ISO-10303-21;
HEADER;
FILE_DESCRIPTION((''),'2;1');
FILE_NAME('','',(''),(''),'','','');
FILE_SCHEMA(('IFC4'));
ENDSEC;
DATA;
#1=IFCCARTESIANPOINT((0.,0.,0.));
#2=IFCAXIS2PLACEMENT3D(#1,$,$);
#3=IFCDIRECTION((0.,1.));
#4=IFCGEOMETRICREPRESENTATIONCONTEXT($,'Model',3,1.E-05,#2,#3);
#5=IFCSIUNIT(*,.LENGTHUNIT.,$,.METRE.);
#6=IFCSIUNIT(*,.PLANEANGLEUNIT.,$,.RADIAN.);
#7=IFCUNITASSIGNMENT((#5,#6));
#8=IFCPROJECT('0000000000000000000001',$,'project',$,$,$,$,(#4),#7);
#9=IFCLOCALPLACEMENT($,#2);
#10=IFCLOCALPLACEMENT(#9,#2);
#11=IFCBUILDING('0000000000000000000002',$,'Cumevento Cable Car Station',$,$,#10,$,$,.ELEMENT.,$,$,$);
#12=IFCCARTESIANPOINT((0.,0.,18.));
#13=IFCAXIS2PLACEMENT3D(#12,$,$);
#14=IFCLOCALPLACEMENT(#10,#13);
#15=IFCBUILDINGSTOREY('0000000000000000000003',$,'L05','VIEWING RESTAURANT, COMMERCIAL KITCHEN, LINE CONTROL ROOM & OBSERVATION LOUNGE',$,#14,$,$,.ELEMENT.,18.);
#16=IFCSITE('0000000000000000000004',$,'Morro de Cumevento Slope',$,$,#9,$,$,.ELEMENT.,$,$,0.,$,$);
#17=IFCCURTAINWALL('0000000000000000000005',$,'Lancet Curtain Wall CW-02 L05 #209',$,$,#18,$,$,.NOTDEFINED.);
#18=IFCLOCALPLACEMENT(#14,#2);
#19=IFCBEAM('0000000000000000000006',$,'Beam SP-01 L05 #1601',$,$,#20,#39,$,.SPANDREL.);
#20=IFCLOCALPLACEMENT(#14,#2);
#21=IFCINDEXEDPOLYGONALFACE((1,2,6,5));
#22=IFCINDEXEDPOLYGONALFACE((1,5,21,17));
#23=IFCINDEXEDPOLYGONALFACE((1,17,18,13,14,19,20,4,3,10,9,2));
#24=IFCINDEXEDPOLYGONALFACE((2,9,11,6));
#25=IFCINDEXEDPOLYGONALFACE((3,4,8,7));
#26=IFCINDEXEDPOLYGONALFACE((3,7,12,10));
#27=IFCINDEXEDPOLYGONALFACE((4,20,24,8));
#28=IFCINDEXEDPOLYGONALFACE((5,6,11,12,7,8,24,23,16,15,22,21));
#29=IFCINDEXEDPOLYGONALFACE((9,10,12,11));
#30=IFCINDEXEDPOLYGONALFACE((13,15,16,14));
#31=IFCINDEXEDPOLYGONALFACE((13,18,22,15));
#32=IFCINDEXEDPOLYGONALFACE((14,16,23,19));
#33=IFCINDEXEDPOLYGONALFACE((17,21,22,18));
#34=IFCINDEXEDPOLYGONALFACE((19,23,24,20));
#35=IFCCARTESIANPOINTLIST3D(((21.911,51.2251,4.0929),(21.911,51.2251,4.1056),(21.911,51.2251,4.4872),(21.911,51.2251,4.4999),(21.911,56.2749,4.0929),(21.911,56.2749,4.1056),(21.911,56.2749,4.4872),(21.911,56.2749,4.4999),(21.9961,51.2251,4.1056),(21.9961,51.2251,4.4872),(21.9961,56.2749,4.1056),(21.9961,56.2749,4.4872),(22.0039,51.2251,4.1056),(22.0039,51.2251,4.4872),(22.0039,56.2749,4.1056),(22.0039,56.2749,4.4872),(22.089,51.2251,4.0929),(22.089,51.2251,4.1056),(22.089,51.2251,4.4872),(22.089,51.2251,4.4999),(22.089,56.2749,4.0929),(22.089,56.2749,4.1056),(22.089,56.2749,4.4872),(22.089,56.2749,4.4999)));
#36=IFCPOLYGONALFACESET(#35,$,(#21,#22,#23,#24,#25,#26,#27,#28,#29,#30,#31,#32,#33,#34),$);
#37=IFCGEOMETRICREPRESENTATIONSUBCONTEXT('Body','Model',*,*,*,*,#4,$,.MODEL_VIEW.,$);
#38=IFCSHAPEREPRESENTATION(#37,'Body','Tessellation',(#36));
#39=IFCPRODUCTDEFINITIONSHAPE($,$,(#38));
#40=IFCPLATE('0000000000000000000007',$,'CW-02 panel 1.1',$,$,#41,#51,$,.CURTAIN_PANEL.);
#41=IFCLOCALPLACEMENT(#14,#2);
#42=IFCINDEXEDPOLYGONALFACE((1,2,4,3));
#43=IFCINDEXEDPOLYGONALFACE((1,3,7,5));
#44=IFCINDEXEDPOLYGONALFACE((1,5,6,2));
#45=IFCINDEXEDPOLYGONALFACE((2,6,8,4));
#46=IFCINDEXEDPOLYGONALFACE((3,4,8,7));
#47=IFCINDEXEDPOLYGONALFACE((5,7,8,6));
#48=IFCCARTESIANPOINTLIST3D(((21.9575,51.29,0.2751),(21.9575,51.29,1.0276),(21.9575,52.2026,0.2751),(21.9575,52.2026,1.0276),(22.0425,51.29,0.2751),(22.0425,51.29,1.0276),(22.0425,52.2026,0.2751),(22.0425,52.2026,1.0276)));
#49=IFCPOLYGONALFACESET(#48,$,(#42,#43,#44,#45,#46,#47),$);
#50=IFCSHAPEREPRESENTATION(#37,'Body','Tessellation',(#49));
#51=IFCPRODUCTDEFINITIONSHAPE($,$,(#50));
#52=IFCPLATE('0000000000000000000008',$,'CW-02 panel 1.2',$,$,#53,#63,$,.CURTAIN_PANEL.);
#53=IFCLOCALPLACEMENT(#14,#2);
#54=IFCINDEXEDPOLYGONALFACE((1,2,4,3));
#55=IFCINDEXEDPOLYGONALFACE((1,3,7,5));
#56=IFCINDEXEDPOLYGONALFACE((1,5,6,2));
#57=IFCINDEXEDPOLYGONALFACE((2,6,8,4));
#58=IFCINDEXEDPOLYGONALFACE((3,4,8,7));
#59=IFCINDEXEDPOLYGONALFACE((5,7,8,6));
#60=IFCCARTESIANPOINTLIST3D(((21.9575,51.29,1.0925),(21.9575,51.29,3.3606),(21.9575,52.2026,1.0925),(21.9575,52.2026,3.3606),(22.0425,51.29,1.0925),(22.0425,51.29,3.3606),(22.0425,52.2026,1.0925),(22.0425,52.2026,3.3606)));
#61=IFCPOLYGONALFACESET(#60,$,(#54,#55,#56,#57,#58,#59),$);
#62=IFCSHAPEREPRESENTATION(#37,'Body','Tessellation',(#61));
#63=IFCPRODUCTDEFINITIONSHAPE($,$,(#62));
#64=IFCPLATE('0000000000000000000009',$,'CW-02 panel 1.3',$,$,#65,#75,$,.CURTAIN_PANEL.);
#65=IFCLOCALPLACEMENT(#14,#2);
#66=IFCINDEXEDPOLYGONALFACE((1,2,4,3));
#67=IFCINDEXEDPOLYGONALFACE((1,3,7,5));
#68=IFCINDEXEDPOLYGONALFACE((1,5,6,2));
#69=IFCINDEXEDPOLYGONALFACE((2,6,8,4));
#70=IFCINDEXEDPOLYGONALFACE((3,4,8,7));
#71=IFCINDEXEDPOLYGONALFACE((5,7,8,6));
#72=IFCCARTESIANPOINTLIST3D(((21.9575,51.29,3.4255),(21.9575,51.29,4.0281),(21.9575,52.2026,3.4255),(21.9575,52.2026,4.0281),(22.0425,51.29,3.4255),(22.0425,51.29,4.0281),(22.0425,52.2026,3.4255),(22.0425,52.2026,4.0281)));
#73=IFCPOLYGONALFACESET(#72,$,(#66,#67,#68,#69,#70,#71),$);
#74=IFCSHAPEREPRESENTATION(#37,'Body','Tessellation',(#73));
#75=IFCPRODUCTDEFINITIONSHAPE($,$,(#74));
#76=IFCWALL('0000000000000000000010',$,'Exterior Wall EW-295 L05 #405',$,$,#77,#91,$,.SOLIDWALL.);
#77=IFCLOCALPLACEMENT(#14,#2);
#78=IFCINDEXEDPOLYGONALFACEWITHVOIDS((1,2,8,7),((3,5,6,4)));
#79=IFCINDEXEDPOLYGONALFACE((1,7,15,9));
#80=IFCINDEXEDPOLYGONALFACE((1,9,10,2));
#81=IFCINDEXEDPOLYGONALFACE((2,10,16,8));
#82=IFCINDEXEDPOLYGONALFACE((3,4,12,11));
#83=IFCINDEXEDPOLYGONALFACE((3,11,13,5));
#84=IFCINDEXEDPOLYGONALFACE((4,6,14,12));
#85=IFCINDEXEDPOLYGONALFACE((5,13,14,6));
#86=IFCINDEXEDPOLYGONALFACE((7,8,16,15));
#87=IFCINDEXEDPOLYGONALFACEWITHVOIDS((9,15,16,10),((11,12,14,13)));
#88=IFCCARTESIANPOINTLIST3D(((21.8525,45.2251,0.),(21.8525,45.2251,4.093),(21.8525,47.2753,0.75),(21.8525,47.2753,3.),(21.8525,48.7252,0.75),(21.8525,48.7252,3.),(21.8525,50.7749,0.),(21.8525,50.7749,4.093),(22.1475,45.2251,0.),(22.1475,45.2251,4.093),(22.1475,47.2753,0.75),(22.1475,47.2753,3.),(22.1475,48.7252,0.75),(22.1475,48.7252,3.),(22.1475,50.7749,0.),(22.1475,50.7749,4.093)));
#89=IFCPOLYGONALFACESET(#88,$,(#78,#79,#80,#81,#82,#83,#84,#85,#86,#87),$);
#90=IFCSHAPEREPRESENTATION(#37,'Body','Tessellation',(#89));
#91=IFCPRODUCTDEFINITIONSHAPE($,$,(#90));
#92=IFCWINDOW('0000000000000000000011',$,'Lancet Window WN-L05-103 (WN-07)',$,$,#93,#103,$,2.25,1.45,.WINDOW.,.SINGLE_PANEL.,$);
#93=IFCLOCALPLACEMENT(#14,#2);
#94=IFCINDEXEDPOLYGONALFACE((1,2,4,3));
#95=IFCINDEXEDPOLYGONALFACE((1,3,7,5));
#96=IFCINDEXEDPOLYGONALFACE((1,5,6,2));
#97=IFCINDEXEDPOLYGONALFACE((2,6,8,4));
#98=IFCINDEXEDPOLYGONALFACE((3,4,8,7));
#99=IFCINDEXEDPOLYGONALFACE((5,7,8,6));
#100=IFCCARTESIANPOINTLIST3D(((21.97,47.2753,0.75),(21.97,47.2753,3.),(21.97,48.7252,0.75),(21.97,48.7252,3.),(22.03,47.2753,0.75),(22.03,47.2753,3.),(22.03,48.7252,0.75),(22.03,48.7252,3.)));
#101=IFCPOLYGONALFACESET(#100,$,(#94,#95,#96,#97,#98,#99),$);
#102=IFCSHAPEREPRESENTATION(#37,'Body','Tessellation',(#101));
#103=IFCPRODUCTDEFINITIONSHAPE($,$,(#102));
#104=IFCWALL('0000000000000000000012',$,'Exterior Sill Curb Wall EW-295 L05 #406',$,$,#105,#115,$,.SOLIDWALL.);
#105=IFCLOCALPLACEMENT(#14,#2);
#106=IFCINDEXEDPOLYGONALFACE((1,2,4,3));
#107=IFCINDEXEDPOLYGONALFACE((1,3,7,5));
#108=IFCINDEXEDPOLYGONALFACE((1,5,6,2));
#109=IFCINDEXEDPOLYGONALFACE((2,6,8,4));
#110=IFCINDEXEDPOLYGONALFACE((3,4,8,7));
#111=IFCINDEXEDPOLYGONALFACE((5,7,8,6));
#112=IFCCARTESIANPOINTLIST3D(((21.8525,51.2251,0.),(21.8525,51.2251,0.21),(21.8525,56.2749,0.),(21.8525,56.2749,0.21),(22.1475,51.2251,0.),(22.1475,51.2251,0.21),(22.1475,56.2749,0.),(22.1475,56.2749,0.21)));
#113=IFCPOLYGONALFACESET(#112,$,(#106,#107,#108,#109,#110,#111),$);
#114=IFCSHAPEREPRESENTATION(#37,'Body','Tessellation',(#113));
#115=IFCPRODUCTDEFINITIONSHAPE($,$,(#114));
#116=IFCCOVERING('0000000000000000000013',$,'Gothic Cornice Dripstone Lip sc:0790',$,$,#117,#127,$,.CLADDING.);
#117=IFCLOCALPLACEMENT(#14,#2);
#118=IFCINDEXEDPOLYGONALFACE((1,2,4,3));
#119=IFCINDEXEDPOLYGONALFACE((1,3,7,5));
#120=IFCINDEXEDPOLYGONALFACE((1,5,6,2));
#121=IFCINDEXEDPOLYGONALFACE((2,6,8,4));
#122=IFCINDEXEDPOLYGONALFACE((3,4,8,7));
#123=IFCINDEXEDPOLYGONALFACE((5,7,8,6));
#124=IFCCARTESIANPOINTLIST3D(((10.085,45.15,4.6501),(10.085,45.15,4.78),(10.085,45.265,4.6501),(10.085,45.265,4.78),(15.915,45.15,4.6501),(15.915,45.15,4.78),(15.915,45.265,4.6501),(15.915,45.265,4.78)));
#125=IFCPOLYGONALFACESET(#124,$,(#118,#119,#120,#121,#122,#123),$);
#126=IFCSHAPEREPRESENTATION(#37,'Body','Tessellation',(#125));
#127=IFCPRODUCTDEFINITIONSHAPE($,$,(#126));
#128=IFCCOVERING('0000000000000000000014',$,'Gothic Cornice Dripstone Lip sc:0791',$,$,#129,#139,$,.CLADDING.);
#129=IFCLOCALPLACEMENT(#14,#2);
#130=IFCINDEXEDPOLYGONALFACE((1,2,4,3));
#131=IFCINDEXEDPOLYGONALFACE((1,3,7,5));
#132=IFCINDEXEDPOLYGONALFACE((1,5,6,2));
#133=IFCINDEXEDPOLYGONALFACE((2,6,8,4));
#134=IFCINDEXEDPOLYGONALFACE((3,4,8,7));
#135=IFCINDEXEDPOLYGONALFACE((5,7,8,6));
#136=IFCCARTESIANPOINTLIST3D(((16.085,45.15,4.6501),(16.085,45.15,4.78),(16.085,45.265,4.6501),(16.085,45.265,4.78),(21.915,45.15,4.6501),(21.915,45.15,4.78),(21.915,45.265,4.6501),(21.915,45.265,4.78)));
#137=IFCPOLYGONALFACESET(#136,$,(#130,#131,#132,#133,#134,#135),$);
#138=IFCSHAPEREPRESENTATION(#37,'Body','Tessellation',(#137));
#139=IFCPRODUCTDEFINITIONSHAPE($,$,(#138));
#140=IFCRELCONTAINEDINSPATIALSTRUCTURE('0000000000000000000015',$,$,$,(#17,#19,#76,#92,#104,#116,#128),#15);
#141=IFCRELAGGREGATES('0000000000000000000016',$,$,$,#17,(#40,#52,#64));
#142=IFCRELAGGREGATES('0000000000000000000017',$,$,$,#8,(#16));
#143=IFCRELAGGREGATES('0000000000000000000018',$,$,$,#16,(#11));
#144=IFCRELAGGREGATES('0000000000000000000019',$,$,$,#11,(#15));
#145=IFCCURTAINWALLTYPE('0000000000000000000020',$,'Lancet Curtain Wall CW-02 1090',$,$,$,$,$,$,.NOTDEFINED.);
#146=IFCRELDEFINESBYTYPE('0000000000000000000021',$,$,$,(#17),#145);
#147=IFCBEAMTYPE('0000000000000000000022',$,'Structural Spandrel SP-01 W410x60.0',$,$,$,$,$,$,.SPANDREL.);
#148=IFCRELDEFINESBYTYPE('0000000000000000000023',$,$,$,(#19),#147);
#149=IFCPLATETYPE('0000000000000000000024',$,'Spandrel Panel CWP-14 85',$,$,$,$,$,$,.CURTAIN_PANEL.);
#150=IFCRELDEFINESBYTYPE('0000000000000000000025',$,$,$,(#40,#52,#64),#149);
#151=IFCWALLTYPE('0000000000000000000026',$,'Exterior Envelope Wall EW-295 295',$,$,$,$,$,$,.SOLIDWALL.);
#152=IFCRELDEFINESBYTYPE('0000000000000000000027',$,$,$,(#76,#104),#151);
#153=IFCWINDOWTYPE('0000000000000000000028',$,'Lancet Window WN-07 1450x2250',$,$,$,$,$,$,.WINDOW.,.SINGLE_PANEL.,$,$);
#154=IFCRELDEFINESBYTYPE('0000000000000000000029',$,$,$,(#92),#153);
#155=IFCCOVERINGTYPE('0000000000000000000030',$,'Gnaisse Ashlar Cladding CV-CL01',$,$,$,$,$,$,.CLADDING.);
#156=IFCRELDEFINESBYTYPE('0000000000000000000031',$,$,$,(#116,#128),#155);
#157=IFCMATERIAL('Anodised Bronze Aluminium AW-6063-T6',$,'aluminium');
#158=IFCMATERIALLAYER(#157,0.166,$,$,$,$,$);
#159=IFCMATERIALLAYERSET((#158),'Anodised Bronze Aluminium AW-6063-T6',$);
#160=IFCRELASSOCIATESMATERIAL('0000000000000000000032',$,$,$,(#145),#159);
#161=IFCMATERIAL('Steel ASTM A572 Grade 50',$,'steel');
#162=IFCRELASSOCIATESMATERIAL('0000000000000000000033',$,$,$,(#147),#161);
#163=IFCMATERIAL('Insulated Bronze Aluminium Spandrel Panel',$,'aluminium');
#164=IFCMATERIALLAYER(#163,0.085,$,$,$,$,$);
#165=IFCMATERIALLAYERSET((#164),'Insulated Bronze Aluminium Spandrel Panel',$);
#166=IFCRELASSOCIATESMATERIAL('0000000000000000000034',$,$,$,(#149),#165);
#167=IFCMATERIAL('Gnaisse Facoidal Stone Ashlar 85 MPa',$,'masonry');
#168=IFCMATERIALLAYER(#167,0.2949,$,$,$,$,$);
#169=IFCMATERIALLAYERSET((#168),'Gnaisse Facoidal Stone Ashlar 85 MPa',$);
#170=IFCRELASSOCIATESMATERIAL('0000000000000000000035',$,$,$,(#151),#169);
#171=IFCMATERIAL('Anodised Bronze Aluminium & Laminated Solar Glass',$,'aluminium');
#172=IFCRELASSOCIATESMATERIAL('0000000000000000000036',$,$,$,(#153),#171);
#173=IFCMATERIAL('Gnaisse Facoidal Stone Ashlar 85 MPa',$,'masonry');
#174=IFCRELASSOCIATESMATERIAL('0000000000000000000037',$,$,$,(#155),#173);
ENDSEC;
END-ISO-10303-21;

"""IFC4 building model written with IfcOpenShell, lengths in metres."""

from ifc_helpers import new_model, si_unit, direction, frame, frame_2d, origin, origin_2d, place, context, subcontext, project, spatial, rectangle, i_section, extrude, material, layer, layer_set, material_profile, profile_set, type_object, element, fill, aggregate, save


model = new_model("IFC4")

# Units and contexts
model_context = context("Model", 3, precision=1e-05, world=origin(), true_north=direction((0.0, 1.0)))
body_context = subcontext(model_context, "Body", "Model", "MODEL_VIEW")
ifc_project = project(units=[si_unit("LENGTHUNIT", "METRE"), si_unit("PLANEANGLEUNIT", "RADIAN")], contexts=[model_context])

# Site, building, storey
site_placement = place(None, origin())
site = spatial("IfcSite", under=ifc_project, at=site_placement, Name="Morro de Cumevento Slope", CompositionType="ELEMENT", RefElevation=0.0)
building_placement = place(site_placement, origin())
building = spatial("IfcBuilding", under=site, at=building_placement, Name="Cumevento Cable Car Station", CompositionType="ELEMENT")
storey_placement = place(building_placement, frame((0.0, 0.0, 18.0)))
storey = spatial("IfcBuildingStorey", under=building, at=storey_placement, Name="L05", Description="VIEWING RESTAURANT, COMMERCIAL KITCHEN, LINE CONTROL ROOM & OBSERVATION LOUNGE", CompositionType="ELEMENT", Elevation=18.0)

# Curtain wall
ifc_material_1 = material(Name="Anodised Bronze Aluminium AW-6063-T6", Category="aluminium")
ifc_layer_1 = layer(ifc_material_1, 0.166)
ifc_layer_set_1 = layer_set([ifc_layer_1], Name="Anodised Bronze Aluminium AW-6063-T6")
curtain_wall_type = type_object("IfcCurtainWallType", Name="Lancet Curtain Wall CW-02 1090", PredefinedType="NOTDEFINED", material=ifc_layer_set_1)
curtain_wall_placement = place(storey_placement, origin())
curtain_wall = element("IfcCurtainWall", 1, at=curtain_wall_placement, inside=storey, type_object=curtain_wall_type, Name="Lancet Curtain Wall CW-02 L05 #209", PredefinedType="NOTDEFINED")

# Beam
ifc_material_2 = material(Name="Steel ASTM A572 Grade 50", Category="steel")
ifc_material_profile_1 = material_profile(ifc_material_2, i_section(OverallWidth=0.178, OverallDepth=0.407, WebThickness=0.0078, FlangeThickness=0.0127, at=origin_2d()), Name="W410x60.0")
ifc_profile_set_1 = profile_set([ifc_material_profile_1], Name="Steel ASTM A572 Grade 50")
beam_type = type_object("IfcBeamType", Name="Structural Spandrel SP-01 W410x60.0", PredefinedType="SPANDREL", material=ifc_profile_set_1)
beam_1_placement = place(storey_placement, frame((22.0, 51.2251, 4.2964), z_axis=(0.0, 1.0, 0.0), x_axis=(-1.0, 0.0, 0.0)))
element("IfcBeam", 2, at=beam_1_placement, inside=storey, type_object=beam_type, Name="Beam SP-01 L05 #1601", PredefinedType="SPANDREL", context=body_context, shape_type="SweptSolid", body=[
    extrude(i_section(OverallWidth=0.178, OverallDepth=0.407, WebThickness=0.0078, FlangeThickness=0.0127, at=origin_2d()), origin(), (0.0, 0.0, 1.0), 5.0498),
])

# Plates
ifc_material_3 = material(Name="Insulated Bronze Aluminium Spandrel Panel", Category="aluminium")
ifc_layer_2 = layer(ifc_material_3, 0.085)
ifc_layer_set_2 = layer_set([ifc_layer_2], Name="Insulated Bronze Aluminium Spandrel Panel")
plate_type = type_object("IfcPlateType", Name="Spandrel Panel CWP-14 85", PredefinedType="CURTAIN_PANEL", material=ifc_layer_set_2)
plate_1_placement = place(storey_placement, frame((22.0, 51.7463, 0.2751), z_axis=(0.0, 0.0, 1.0), x_axis=(0.0, 1.0, 0.0)))
plate_1 = element("IfcPlate", 3, at=plate_1_placement, type_object=plate_type, Name="CW-02 panel 1.1", PredefinedType="CURTAIN_PANEL", context=body_context, shape_type="SweptSolid", body=[
    extrude(rectangle(XDim=0.9126, YDim=0.085, at=origin_2d()), origin(), (0.0, 0.0, 1.0), 0.7524),
])
plate_2_placement = place(storey_placement, frame((22.0, 51.7463, 1.0925), z_axis=(0.0, 0.0, 1.0), x_axis=(0.0, 1.0, 0.0)))
plate_2 = element("IfcPlate", 4, at=plate_2_placement, type_object=plate_type, Name="CW-02 panel 1.2", PredefinedType="CURTAIN_PANEL", context=body_context, shape_type="SweptSolid", body=[
    extrude(rectangle(XDim=0.9126, YDim=0.085, at=origin_2d()), origin(), (0.0, 0.0, 1.0), 2.2681),
])
plate_3_placement = place(storey_placement, frame((22.0, 51.7463, 3.4255), z_axis=(0.0, 0.0, 1.0), x_axis=(0.0, 1.0, 0.0)))
plate_3 = element("IfcPlate", 5, at=plate_3_placement, type_object=plate_type, Name="CW-02 panel 1.3", PredefinedType="CURTAIN_PANEL", context=body_context, shape_type="SweptSolid", body=[
    extrude(rectangle(XDim=0.9126, YDim=0.085, at=origin_2d()), origin(), (0.0, 0.0, 1.0), 0.6025),
])
aggregate(curtain_wall, [plate_1, plate_2, plate_3])

# Wall, opening, window
ifc_material_4 = material(Name="Gnaisse Facoidal Stone Ashlar 85 MPa", Category="masonry")
ifc_layer_3 = layer(ifc_material_4, 0.2949)
ifc_layer_set_3 = layer_set([ifc_layer_3], Name="Gnaisse Facoidal Stone Ashlar 85 MPa")
wall_type = type_object("IfcWallType", Name="Exterior Envelope Wall EW-295 295", PredefinedType="SOLIDWALL", material=ifc_layer_set_3)
wall_1_placement = place(storey_placement, frame((22.0, 45.2251, 0.0), z_axis=(0.0, 0.0, 1.0), x_axis=(0.0, 1.0, 0.0)))
wall_1 = element("IfcWall", 6, at=wall_1_placement, inside=storey, type_object=wall_type, Name="Exterior Wall EW-295 L05 #405", PredefinedType="SOLIDWALL", context=body_context, shape_type="SweptSolid", body=[
    extrude(rectangle(XDim=5.5498, YDim=0.2949, at=frame_2d((2.7749, 0.0))), origin(), (0.0, 0.0, 1.0), 4.093),
])
opening_placement = place(wall_1_placement, frame((2.05, 0.0, 0.75)))
opening = element("IfcOpeningElement", 7, at=opening_placement, cuts=wall_1, PredefinedType="OPENING", context=body_context, shape_type="SweptSolid", body=[
    extrude(rectangle(XDim=1.45, YDim=2.25, at=frame_2d((0.7251, 1.125))), frame((0.0, 0.1575, 0.0), z_axis=(0.0, -1.0, 0.0), x_axis=(1.0, 0.0, 0.0)), (0.0, 0.0, 1.0), 0.3149),
])
ifc_material_5 = material(Name="Anodised Bronze Aluminium & Laminated Solar Glass", Category="aluminium")
window_type = type_object("IfcWindowType", Name="Lancet Window WN-07 1450x2250", PartitioningType="SINGLE_PANEL", PredefinedType="WINDOW", material=ifc_material_5)
window_placement = place(opening_placement, origin())
window = element("IfcWindow", 8, at=window_placement, inside=storey, type_object=window_type, Name="Lancet Window WN-L05-103 (WN-07)", OverallHeight=2.25, OverallWidth=1.45, PartitioningType="SINGLE_PANEL", PredefinedType="WINDOW", context=body_context, shape_type="SweptSolid", body=[
    extrude(rectangle(XDim=1.45, YDim=2.25, at=frame_2d((0.7251, 1.125))), frame((0.0, 0.03, 0.0), z_axis=(0.0, -1.0, 0.0), x_axis=(1.0, 0.0, 0.0)), (0.0, 0.0, 1.0), 0.0601),
])
fill(opening, window)

# Wall
wall_2_placement = place(storey_placement, frame((22.0, 51.2251, 0.0), z_axis=(0.0, 0.0, 1.0), x_axis=(0.0, 1.0, 0.0)))
element("IfcWall", 9, at=wall_2_placement, inside=storey, type_object=wall_type, Name="Exterior Sill Curb Wall EW-295 L05 #406", PredefinedType="SOLIDWALL", context=body_context, shape_type="SweptSolid", body=[
    extrude(rectangle(XDim=5.0498, YDim=0.2949, at=frame_2d((2.5249, 0.0))), origin(), (0.0, 0.0, 1.0), 0.21),
])

# Coverings
ifc_material_6 = material(Name="Gnaisse Facoidal Stone Ashlar 85 MPa", Category="masonry")
covering_type = type_object("IfcCoveringType", Name="Gnaisse Ashlar Cladding CV-CL01", PredefinedType="CLADDING", material=ifc_material_6)
for number, where, z_axis, x_axis, name in (
    (10, (13.0, 45.2075, 4.6501), (0.0, 0.0, 1.0), (1.0, 0.0, 0.0), "Gothic Cornice Dripstone Lip sc:0790"),
    (11, (19.0, 45.2075, 4.6501), (0.0, 0.0, 1.0), (1.0, 0.0, 0.0), "Gothic Cornice Dripstone Lip sc:0791"),
):
    element("IfcCovering", number, at=place(storey_placement, frame(where, z_axis=z_axis, x_axis=x_axis)), inside=storey, type_object=covering_type, Name=name, PredefinedType="CLADDING", context=body_context, shape_type="SweptSolid", body=[
        extrude(rectangle(XDim=5.8301, YDim=0.115, at=origin_2d()), origin(), (0.0, 0.0, 1.0), 0.1299),
    ])

save(model, "model.ifc")
